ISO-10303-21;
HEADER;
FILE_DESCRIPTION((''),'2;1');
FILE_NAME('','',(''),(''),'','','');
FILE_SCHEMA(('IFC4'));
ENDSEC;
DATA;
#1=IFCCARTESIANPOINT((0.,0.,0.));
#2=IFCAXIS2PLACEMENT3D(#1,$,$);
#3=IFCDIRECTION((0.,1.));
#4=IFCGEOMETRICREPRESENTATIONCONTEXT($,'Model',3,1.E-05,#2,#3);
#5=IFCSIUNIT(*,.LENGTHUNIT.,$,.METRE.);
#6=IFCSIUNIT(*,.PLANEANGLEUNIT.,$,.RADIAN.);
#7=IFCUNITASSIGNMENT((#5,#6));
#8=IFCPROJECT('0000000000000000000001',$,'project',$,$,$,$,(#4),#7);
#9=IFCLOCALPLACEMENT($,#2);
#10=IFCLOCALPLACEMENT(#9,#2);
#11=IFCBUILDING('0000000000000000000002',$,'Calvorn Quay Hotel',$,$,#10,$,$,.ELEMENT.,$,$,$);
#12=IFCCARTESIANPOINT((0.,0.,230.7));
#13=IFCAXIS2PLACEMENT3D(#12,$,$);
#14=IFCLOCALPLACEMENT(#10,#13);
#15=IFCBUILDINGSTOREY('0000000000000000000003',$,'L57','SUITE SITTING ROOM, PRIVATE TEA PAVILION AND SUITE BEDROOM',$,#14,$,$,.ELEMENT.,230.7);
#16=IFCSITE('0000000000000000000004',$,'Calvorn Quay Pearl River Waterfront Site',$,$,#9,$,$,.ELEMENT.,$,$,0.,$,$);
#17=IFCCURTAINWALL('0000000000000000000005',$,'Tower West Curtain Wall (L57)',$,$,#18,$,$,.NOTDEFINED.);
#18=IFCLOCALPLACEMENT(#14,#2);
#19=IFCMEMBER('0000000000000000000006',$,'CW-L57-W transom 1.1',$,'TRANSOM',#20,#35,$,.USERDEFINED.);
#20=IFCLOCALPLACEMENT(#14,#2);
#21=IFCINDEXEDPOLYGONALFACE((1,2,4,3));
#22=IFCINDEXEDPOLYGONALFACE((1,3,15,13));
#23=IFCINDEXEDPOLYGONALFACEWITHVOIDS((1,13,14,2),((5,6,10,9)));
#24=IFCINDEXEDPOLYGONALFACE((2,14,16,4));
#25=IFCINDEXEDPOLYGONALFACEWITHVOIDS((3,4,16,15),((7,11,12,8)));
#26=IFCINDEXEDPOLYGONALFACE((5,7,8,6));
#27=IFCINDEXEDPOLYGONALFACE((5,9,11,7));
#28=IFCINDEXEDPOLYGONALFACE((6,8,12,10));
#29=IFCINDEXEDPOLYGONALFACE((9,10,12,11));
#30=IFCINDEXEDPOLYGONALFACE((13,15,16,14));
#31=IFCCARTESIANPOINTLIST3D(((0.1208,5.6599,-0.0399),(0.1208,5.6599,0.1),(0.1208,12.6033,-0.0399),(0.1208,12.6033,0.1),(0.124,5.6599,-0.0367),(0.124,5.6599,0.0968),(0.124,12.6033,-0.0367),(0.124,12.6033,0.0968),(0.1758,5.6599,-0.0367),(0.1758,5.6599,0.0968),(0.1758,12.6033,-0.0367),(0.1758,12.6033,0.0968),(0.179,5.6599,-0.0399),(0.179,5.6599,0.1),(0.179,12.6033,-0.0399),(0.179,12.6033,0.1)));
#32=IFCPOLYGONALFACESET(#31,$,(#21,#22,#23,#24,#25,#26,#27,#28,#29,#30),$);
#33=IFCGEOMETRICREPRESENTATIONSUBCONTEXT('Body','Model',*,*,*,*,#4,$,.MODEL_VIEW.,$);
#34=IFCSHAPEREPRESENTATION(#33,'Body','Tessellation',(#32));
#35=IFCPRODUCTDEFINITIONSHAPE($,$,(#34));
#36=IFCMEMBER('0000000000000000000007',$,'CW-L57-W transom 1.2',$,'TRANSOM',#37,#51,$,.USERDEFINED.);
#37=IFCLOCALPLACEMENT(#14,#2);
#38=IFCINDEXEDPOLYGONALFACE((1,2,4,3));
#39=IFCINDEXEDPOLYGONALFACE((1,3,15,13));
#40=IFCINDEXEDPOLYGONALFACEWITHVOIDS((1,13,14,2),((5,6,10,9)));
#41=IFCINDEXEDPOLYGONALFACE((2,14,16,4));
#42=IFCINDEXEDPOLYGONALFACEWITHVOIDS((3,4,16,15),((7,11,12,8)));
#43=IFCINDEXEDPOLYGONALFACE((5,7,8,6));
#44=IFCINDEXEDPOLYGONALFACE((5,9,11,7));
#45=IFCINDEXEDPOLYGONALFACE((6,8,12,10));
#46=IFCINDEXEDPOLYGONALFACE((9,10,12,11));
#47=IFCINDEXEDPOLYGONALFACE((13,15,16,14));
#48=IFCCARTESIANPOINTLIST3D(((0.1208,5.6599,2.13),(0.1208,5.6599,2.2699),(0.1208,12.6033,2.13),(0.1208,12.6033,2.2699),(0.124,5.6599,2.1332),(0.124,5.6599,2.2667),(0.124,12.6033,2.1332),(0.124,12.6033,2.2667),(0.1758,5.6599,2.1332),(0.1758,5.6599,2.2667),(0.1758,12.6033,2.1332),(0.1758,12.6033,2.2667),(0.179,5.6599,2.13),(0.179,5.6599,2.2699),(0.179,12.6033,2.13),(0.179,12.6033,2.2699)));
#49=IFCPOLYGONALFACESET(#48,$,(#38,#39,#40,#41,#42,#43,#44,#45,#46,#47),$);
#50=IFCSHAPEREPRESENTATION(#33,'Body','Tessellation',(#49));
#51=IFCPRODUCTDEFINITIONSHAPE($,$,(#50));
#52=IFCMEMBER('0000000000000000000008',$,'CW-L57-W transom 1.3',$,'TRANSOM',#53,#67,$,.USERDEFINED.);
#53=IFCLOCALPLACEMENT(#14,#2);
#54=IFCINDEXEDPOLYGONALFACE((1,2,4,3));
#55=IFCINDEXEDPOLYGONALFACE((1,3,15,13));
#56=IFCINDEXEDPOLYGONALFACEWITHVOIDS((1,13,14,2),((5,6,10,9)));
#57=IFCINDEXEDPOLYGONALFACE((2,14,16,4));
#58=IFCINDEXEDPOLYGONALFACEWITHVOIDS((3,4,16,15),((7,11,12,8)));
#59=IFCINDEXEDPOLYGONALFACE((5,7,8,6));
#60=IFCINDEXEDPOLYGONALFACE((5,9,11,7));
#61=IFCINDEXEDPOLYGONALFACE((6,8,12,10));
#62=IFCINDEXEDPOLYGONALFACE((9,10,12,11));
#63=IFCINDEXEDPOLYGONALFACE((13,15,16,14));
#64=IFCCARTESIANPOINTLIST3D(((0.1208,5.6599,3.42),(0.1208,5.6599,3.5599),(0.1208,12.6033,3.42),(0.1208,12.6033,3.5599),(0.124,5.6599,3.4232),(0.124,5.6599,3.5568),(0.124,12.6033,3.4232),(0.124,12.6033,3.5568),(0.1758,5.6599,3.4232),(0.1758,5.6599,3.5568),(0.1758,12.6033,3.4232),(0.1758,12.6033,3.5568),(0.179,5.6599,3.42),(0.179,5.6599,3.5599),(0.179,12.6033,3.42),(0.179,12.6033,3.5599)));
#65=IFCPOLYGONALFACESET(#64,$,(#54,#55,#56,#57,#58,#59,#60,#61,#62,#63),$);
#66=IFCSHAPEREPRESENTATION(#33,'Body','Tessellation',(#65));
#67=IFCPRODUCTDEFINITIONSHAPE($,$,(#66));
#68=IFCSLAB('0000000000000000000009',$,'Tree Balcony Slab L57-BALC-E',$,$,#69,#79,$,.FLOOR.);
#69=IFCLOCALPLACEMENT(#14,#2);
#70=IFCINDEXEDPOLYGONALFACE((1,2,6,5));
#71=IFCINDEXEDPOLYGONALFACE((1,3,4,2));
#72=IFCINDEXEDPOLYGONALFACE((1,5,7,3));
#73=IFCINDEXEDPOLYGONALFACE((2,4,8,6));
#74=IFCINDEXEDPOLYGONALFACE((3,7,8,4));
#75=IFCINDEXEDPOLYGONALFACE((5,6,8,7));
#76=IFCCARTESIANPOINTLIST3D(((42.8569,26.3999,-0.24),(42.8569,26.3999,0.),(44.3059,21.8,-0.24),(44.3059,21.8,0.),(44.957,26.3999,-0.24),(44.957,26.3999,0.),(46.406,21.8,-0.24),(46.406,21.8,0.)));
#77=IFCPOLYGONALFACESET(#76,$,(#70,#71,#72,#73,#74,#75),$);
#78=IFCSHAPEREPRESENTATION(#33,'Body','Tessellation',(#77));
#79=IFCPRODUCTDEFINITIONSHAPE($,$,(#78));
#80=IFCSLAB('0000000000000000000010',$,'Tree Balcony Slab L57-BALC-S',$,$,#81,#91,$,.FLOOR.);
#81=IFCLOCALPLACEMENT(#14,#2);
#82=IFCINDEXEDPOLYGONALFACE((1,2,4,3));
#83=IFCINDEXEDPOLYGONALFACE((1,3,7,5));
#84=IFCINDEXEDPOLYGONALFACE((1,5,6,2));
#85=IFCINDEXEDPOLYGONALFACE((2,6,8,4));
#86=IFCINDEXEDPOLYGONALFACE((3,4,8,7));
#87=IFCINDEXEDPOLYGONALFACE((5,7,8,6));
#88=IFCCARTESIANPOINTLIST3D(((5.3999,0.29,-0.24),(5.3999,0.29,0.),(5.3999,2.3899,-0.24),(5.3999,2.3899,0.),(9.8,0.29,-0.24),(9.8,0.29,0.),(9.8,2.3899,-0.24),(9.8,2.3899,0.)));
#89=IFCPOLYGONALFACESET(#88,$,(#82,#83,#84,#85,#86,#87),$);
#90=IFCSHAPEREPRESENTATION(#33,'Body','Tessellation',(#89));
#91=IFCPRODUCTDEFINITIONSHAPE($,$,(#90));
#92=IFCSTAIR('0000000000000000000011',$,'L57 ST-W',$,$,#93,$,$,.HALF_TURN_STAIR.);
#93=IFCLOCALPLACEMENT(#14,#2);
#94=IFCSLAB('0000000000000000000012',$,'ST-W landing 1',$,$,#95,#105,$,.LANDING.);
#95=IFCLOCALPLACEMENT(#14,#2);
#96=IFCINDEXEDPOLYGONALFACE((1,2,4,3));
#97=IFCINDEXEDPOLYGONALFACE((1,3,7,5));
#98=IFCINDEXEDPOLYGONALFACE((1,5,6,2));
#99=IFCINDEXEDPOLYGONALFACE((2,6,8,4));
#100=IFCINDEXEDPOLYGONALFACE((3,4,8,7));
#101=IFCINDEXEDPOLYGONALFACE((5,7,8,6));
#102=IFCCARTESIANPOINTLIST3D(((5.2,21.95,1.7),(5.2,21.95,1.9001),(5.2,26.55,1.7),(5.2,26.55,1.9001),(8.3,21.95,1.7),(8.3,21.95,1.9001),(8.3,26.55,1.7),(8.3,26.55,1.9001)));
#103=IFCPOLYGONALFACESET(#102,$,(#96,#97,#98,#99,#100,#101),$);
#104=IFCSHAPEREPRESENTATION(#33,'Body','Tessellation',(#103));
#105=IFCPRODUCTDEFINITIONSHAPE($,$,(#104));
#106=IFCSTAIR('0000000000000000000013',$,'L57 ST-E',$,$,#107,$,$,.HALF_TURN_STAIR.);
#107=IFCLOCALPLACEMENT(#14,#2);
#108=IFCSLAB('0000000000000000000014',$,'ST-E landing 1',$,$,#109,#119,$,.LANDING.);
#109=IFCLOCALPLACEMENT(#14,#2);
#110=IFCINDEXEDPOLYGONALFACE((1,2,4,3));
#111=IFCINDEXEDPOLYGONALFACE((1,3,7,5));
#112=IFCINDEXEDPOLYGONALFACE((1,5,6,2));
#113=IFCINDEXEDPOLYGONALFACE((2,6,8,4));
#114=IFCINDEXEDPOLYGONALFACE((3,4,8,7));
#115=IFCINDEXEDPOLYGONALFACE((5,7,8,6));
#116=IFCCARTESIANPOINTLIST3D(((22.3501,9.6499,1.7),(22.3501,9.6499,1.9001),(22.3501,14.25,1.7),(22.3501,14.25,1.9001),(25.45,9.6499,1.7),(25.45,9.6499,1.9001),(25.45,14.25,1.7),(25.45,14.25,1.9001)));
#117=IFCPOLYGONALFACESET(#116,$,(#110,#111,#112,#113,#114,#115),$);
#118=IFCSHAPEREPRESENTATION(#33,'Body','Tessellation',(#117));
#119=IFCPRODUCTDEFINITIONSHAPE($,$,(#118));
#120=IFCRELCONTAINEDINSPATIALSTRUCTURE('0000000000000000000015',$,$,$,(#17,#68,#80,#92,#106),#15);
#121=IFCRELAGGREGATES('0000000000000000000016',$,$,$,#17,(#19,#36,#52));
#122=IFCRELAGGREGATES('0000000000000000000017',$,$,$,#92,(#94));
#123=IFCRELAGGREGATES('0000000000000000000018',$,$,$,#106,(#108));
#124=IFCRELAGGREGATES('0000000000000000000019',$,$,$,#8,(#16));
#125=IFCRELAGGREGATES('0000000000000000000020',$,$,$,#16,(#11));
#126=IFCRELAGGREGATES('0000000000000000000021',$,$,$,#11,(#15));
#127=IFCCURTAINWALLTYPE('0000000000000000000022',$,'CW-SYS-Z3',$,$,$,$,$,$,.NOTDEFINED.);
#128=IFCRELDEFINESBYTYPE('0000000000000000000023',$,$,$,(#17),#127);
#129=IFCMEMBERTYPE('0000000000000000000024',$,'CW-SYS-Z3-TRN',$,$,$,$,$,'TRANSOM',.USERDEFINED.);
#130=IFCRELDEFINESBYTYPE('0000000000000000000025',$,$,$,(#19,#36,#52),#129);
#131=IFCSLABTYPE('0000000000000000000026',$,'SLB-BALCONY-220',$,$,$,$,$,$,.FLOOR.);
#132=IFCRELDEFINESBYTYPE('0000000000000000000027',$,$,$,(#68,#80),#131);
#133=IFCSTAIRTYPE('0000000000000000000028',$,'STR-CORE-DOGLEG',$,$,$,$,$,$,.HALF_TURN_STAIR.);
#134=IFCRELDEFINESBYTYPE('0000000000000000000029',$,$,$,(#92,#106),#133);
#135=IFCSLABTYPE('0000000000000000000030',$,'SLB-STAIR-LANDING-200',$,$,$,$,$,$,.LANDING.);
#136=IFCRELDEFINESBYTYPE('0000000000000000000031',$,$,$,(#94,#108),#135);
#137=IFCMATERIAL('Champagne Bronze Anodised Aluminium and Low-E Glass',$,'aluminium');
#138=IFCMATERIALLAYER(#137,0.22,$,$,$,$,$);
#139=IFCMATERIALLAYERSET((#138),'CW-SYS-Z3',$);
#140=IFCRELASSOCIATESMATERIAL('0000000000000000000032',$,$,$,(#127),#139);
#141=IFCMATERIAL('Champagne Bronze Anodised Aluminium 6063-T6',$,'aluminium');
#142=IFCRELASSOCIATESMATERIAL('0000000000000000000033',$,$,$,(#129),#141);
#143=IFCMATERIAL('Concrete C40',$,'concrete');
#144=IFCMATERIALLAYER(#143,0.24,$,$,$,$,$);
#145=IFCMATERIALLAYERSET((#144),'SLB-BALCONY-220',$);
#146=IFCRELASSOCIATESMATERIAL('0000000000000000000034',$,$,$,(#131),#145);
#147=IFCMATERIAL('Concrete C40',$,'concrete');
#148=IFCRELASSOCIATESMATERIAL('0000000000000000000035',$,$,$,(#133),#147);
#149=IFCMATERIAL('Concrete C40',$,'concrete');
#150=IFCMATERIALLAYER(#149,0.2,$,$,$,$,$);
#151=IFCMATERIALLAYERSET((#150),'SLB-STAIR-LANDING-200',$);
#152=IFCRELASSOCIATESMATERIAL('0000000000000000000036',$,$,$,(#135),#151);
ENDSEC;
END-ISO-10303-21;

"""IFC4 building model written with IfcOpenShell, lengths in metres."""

from ifc_helpers import new_model, si_unit, direction, frame, origin, origin_2d, place, context, subcontext, project, spatial, polyline, hollow_rectangle, outline, extrude, material, layer, layer_set, material_profile, profile_set, type_object, element, aggregate, save


model = new_model("IFC4")

# Units and contexts
model_context = context("Model", 3, precision=1e-05, world=origin(), true_north=direction((0.0, 1.0)))
body_context = subcontext(model_context, "Body", "Model", "MODEL_VIEW")
ifc_project = project(units=[si_unit("LENGTHUNIT", "METRE"), si_unit("PLANEANGLEUNIT", "RADIAN")], contexts=[model_context])

# Site, building, storey
site_placement = place(None, origin())
site = spatial("IfcSite", under=ifc_project, at=site_placement, Name="Calvorn Quay Pearl River Waterfront Site", CompositionType="ELEMENT", RefElevation=0.0)
building_placement = place(site_placement, origin())
building = spatial("IfcBuilding", under=site, at=building_placement, Name="Calvorn Quay Hotel", CompositionType="ELEMENT")
storey_placement = place(building_placement, frame((0.0, 0.0, 230.7)))
storey = spatial("IfcBuildingStorey", under=building, at=storey_placement, Name="L57", Description="SUITE SITTING ROOM, PRIVATE TEA PAVILION AND SUITE BEDROOM", CompositionType="ELEMENT", Elevation=230.7)

# Curtain wall, members
ifc_material_1 = material(Name="Champagne Bronze Anodised Aluminium and Low-E Glass", Category="aluminium")
ifc_layer_1 = layer(ifc_material_1, 0.22)
ifc_layer_set_1 = layer_set([ifc_layer_1], Name="CW-SYS-Z3")
curtain_wall_type = type_object("IfcCurtainWallType", Name="CW-SYS-Z3", PredefinedType="NOTDEFINED", material=ifc_layer_set_1)
curtain_wall_placement = place(storey_placement, origin())
curtain_wall = element("IfcCurtainWall", 1, at=curtain_wall_placement, inside=storey, type_object=curtain_wall_type, Name="Tower West Curtain Wall (L57)", PredefinedType="NOTDEFINED")
ifc_material_2 = material(Name="Champagne Bronze Anodised Aluminium 6063-T6", Category="aluminium")
ifc_material_profile_1 = material_profile(ifc_material_2, hollow_rectangle(XDim=0.0581, YDim=0.1399, WallThickness=0.0032, at=origin_2d()), Name="ALU-T140x58x3.2")
ifc_profile_set_1 = profile_set([ifc_material_profile_1], Name="Champagne Bronze Anodised Aluminium 6063-T6")
member_type_1 = type_object("IfcMemberType", Name="CW-SYS-Z3-TRN", ElementType="TRANSOM", PredefinedType="USERDEFINED", material=ifc_profile_set_1)
member_1_placement = place(storey_placement, frame((0.1499, 5.6599, 0.03), z_axis=(0.0, 1.0, 0.0), x_axis=(-1.0, 0.0, 0.0)))
member_1 = element("IfcMember", 2, at=member_1_placement, type_object=member_type_1, Name="CW-L57-W transom 1.1", ObjectType="TRANSOM", PredefinedType="USERDEFINED", context=body_context, shape_type="SweptSolid", body=[
    extrude(hollow_rectangle(XDim=0.0581, YDim=0.1399, WallThickness=0.0032, at=origin_2d()), origin(), (0.0, 0.0, 1.0), 6.9434),
])
member_2_placement = place(storey_placement, frame((0.1499, 5.6599, 2.2), z_axis=(0.0, 1.0, 0.0), x_axis=(-1.0, 0.0, 0.0)))
member_2 = element("IfcMember", 3, at=member_2_placement, type_object=member_type_1, Name="CW-L57-W transom 1.2", ObjectType="TRANSOM", PredefinedType="USERDEFINED", context=body_context, shape_type="SweptSolid", body=[
    extrude(hollow_rectangle(XDim=0.0581, YDim=0.1399, WallThickness=0.0032, at=origin_2d()), origin(), (0.0, 0.0, 1.0), 6.9434),
])
member_3_placement = place(storey_placement, frame((0.1499, 5.6599, 3.49), z_axis=(0.0, 1.0, 0.0), x_axis=(-1.0, 0.0, 0.0)))
member_3 = element("IfcMember", 4, at=member_3_placement, type_object=member_type_1, Name="CW-L57-W transom 1.3", ObjectType="TRANSOM", PredefinedType="USERDEFINED", context=body_context, shape_type="SweptSolid", body=[
    extrude(hollow_rectangle(XDim=0.0581, YDim=0.1399, WallThickness=0.0032, at=origin_2d()), origin(), (0.0, 0.0, 1.0), 6.9434),
])
aggregate(curtain_wall, [member_1, member_2, member_3])

# Slabs
ifc_material_3 = material(Name="Concrete C40", Category="concrete")
ifc_layer_2 = layer(ifc_material_3, 0.24)
ifc_layer_set_2 = layer_set([ifc_layer_2], Name="SLB-BALCONY-220")
slab_type_1 = type_object("IfcSlabType", Name="SLB-BALCONY-220", PredefinedType="FLOOR", material=ifc_layer_set_2)
slab_1_placement = place(storey_placement, frame((0.0, 0.0, -0.24)))
element("IfcSlab", 5, at=slab_1_placement, inside=storey, type_object=slab_type_1, Name="Tree Balcony Slab L57-BALC-E", PredefinedType="FLOOR", context=body_context, shape_type="SweptSolid", body=[
    extrude(outline(polyline([(44.3059, 21.8), (46.406, 21.8), (44.957, 26.3999), (42.8569, 26.3999), (44.3059, 21.8)])), origin(), (0.0, 0.0, 1.0), 0.24),
])
slab_2_placement = place(storey_placement, frame((0.0, 0.0, -0.24)))
element("IfcSlab", 6, at=slab_2_placement, inside=storey, type_object=slab_type_1, Name="Tree Balcony Slab L57-BALC-S", PredefinedType="FLOOR", context=body_context, shape_type="SweptSolid", body=[
    extrude(outline(polyline([(5.3999, 0.29), (9.8, 0.29), (9.8, 2.3899), (5.3999, 2.3899), (5.3999, 0.29)])), origin(), (0.0, 0.0, 1.0), 0.24),
])

# Stairs, slabs
ifc_material_4 = material(Name="Concrete C40", Category="concrete")
stair_type = type_object("IfcStairType", Name="STR-CORE-DOGLEG", PredefinedType="HALF_TURN_STAIR", material=ifc_material_4)
stair_1_placement = place(storey_placement, origin())
stair_1 = element("IfcStair", 7, at=stair_1_placement, inside=storey, type_object=stair_type, Name="L57 ST-W", PredefinedType="HALF_TURN_STAIR")
ifc_material_5 = material(Name="Concrete C40", Category="concrete")
ifc_layer_3 = layer(ifc_material_5, 0.2)
ifc_layer_set_3 = layer_set([ifc_layer_3], Name="SLB-STAIR-LANDING-200")
slab_type_2 = type_object("IfcSlabType", Name="SLB-STAIR-LANDING-200", PredefinedType="LANDING", material=ifc_layer_set_3)
slab_3_placement = place(storey_placement, frame((0.0, 0.0, 1.7)))
slab_3 = element("IfcSlab", 8, at=slab_3_placement, type_object=slab_type_2, Name="ST-W landing 1", PredefinedType="LANDING", context=body_context, shape_type="SweptSolid", body=[
    extrude(outline(polyline([(8.3, 21.95), (8.3, 26.55), (5.2, 26.55), (5.2, 21.95), (8.3, 21.95)])), origin(), (0.0, 0.0, 1.0), 0.2002),
])
aggregate(stair_1, [slab_3])
stair_2_placement = place(storey_placement, origin())
stair_2 = element("IfcStair", 9, at=stair_2_placement, inside=storey, type_object=stair_type, Name="L57 ST-E", PredefinedType="HALF_TURN_STAIR")
slab_4_placement = place(storey_placement, frame((0.0, 0.0, 1.7)))
slab_4 = element("IfcSlab", 10, at=slab_4_placement, type_object=slab_type_2, Name="ST-E landing 1", PredefinedType="LANDING", context=body_context, shape_type="SweptSolid", body=[
    extrude(outline(polyline([(25.45, 9.6499), (25.45, 14.25), (22.3501, 14.25), (22.3501, 9.6499), (25.45, 9.6499)])), origin(), (0.0, 0.0, 1.0), 0.2002),
])
aggregate(stair_2, [slab_4])

save(model, "model.ifc")
